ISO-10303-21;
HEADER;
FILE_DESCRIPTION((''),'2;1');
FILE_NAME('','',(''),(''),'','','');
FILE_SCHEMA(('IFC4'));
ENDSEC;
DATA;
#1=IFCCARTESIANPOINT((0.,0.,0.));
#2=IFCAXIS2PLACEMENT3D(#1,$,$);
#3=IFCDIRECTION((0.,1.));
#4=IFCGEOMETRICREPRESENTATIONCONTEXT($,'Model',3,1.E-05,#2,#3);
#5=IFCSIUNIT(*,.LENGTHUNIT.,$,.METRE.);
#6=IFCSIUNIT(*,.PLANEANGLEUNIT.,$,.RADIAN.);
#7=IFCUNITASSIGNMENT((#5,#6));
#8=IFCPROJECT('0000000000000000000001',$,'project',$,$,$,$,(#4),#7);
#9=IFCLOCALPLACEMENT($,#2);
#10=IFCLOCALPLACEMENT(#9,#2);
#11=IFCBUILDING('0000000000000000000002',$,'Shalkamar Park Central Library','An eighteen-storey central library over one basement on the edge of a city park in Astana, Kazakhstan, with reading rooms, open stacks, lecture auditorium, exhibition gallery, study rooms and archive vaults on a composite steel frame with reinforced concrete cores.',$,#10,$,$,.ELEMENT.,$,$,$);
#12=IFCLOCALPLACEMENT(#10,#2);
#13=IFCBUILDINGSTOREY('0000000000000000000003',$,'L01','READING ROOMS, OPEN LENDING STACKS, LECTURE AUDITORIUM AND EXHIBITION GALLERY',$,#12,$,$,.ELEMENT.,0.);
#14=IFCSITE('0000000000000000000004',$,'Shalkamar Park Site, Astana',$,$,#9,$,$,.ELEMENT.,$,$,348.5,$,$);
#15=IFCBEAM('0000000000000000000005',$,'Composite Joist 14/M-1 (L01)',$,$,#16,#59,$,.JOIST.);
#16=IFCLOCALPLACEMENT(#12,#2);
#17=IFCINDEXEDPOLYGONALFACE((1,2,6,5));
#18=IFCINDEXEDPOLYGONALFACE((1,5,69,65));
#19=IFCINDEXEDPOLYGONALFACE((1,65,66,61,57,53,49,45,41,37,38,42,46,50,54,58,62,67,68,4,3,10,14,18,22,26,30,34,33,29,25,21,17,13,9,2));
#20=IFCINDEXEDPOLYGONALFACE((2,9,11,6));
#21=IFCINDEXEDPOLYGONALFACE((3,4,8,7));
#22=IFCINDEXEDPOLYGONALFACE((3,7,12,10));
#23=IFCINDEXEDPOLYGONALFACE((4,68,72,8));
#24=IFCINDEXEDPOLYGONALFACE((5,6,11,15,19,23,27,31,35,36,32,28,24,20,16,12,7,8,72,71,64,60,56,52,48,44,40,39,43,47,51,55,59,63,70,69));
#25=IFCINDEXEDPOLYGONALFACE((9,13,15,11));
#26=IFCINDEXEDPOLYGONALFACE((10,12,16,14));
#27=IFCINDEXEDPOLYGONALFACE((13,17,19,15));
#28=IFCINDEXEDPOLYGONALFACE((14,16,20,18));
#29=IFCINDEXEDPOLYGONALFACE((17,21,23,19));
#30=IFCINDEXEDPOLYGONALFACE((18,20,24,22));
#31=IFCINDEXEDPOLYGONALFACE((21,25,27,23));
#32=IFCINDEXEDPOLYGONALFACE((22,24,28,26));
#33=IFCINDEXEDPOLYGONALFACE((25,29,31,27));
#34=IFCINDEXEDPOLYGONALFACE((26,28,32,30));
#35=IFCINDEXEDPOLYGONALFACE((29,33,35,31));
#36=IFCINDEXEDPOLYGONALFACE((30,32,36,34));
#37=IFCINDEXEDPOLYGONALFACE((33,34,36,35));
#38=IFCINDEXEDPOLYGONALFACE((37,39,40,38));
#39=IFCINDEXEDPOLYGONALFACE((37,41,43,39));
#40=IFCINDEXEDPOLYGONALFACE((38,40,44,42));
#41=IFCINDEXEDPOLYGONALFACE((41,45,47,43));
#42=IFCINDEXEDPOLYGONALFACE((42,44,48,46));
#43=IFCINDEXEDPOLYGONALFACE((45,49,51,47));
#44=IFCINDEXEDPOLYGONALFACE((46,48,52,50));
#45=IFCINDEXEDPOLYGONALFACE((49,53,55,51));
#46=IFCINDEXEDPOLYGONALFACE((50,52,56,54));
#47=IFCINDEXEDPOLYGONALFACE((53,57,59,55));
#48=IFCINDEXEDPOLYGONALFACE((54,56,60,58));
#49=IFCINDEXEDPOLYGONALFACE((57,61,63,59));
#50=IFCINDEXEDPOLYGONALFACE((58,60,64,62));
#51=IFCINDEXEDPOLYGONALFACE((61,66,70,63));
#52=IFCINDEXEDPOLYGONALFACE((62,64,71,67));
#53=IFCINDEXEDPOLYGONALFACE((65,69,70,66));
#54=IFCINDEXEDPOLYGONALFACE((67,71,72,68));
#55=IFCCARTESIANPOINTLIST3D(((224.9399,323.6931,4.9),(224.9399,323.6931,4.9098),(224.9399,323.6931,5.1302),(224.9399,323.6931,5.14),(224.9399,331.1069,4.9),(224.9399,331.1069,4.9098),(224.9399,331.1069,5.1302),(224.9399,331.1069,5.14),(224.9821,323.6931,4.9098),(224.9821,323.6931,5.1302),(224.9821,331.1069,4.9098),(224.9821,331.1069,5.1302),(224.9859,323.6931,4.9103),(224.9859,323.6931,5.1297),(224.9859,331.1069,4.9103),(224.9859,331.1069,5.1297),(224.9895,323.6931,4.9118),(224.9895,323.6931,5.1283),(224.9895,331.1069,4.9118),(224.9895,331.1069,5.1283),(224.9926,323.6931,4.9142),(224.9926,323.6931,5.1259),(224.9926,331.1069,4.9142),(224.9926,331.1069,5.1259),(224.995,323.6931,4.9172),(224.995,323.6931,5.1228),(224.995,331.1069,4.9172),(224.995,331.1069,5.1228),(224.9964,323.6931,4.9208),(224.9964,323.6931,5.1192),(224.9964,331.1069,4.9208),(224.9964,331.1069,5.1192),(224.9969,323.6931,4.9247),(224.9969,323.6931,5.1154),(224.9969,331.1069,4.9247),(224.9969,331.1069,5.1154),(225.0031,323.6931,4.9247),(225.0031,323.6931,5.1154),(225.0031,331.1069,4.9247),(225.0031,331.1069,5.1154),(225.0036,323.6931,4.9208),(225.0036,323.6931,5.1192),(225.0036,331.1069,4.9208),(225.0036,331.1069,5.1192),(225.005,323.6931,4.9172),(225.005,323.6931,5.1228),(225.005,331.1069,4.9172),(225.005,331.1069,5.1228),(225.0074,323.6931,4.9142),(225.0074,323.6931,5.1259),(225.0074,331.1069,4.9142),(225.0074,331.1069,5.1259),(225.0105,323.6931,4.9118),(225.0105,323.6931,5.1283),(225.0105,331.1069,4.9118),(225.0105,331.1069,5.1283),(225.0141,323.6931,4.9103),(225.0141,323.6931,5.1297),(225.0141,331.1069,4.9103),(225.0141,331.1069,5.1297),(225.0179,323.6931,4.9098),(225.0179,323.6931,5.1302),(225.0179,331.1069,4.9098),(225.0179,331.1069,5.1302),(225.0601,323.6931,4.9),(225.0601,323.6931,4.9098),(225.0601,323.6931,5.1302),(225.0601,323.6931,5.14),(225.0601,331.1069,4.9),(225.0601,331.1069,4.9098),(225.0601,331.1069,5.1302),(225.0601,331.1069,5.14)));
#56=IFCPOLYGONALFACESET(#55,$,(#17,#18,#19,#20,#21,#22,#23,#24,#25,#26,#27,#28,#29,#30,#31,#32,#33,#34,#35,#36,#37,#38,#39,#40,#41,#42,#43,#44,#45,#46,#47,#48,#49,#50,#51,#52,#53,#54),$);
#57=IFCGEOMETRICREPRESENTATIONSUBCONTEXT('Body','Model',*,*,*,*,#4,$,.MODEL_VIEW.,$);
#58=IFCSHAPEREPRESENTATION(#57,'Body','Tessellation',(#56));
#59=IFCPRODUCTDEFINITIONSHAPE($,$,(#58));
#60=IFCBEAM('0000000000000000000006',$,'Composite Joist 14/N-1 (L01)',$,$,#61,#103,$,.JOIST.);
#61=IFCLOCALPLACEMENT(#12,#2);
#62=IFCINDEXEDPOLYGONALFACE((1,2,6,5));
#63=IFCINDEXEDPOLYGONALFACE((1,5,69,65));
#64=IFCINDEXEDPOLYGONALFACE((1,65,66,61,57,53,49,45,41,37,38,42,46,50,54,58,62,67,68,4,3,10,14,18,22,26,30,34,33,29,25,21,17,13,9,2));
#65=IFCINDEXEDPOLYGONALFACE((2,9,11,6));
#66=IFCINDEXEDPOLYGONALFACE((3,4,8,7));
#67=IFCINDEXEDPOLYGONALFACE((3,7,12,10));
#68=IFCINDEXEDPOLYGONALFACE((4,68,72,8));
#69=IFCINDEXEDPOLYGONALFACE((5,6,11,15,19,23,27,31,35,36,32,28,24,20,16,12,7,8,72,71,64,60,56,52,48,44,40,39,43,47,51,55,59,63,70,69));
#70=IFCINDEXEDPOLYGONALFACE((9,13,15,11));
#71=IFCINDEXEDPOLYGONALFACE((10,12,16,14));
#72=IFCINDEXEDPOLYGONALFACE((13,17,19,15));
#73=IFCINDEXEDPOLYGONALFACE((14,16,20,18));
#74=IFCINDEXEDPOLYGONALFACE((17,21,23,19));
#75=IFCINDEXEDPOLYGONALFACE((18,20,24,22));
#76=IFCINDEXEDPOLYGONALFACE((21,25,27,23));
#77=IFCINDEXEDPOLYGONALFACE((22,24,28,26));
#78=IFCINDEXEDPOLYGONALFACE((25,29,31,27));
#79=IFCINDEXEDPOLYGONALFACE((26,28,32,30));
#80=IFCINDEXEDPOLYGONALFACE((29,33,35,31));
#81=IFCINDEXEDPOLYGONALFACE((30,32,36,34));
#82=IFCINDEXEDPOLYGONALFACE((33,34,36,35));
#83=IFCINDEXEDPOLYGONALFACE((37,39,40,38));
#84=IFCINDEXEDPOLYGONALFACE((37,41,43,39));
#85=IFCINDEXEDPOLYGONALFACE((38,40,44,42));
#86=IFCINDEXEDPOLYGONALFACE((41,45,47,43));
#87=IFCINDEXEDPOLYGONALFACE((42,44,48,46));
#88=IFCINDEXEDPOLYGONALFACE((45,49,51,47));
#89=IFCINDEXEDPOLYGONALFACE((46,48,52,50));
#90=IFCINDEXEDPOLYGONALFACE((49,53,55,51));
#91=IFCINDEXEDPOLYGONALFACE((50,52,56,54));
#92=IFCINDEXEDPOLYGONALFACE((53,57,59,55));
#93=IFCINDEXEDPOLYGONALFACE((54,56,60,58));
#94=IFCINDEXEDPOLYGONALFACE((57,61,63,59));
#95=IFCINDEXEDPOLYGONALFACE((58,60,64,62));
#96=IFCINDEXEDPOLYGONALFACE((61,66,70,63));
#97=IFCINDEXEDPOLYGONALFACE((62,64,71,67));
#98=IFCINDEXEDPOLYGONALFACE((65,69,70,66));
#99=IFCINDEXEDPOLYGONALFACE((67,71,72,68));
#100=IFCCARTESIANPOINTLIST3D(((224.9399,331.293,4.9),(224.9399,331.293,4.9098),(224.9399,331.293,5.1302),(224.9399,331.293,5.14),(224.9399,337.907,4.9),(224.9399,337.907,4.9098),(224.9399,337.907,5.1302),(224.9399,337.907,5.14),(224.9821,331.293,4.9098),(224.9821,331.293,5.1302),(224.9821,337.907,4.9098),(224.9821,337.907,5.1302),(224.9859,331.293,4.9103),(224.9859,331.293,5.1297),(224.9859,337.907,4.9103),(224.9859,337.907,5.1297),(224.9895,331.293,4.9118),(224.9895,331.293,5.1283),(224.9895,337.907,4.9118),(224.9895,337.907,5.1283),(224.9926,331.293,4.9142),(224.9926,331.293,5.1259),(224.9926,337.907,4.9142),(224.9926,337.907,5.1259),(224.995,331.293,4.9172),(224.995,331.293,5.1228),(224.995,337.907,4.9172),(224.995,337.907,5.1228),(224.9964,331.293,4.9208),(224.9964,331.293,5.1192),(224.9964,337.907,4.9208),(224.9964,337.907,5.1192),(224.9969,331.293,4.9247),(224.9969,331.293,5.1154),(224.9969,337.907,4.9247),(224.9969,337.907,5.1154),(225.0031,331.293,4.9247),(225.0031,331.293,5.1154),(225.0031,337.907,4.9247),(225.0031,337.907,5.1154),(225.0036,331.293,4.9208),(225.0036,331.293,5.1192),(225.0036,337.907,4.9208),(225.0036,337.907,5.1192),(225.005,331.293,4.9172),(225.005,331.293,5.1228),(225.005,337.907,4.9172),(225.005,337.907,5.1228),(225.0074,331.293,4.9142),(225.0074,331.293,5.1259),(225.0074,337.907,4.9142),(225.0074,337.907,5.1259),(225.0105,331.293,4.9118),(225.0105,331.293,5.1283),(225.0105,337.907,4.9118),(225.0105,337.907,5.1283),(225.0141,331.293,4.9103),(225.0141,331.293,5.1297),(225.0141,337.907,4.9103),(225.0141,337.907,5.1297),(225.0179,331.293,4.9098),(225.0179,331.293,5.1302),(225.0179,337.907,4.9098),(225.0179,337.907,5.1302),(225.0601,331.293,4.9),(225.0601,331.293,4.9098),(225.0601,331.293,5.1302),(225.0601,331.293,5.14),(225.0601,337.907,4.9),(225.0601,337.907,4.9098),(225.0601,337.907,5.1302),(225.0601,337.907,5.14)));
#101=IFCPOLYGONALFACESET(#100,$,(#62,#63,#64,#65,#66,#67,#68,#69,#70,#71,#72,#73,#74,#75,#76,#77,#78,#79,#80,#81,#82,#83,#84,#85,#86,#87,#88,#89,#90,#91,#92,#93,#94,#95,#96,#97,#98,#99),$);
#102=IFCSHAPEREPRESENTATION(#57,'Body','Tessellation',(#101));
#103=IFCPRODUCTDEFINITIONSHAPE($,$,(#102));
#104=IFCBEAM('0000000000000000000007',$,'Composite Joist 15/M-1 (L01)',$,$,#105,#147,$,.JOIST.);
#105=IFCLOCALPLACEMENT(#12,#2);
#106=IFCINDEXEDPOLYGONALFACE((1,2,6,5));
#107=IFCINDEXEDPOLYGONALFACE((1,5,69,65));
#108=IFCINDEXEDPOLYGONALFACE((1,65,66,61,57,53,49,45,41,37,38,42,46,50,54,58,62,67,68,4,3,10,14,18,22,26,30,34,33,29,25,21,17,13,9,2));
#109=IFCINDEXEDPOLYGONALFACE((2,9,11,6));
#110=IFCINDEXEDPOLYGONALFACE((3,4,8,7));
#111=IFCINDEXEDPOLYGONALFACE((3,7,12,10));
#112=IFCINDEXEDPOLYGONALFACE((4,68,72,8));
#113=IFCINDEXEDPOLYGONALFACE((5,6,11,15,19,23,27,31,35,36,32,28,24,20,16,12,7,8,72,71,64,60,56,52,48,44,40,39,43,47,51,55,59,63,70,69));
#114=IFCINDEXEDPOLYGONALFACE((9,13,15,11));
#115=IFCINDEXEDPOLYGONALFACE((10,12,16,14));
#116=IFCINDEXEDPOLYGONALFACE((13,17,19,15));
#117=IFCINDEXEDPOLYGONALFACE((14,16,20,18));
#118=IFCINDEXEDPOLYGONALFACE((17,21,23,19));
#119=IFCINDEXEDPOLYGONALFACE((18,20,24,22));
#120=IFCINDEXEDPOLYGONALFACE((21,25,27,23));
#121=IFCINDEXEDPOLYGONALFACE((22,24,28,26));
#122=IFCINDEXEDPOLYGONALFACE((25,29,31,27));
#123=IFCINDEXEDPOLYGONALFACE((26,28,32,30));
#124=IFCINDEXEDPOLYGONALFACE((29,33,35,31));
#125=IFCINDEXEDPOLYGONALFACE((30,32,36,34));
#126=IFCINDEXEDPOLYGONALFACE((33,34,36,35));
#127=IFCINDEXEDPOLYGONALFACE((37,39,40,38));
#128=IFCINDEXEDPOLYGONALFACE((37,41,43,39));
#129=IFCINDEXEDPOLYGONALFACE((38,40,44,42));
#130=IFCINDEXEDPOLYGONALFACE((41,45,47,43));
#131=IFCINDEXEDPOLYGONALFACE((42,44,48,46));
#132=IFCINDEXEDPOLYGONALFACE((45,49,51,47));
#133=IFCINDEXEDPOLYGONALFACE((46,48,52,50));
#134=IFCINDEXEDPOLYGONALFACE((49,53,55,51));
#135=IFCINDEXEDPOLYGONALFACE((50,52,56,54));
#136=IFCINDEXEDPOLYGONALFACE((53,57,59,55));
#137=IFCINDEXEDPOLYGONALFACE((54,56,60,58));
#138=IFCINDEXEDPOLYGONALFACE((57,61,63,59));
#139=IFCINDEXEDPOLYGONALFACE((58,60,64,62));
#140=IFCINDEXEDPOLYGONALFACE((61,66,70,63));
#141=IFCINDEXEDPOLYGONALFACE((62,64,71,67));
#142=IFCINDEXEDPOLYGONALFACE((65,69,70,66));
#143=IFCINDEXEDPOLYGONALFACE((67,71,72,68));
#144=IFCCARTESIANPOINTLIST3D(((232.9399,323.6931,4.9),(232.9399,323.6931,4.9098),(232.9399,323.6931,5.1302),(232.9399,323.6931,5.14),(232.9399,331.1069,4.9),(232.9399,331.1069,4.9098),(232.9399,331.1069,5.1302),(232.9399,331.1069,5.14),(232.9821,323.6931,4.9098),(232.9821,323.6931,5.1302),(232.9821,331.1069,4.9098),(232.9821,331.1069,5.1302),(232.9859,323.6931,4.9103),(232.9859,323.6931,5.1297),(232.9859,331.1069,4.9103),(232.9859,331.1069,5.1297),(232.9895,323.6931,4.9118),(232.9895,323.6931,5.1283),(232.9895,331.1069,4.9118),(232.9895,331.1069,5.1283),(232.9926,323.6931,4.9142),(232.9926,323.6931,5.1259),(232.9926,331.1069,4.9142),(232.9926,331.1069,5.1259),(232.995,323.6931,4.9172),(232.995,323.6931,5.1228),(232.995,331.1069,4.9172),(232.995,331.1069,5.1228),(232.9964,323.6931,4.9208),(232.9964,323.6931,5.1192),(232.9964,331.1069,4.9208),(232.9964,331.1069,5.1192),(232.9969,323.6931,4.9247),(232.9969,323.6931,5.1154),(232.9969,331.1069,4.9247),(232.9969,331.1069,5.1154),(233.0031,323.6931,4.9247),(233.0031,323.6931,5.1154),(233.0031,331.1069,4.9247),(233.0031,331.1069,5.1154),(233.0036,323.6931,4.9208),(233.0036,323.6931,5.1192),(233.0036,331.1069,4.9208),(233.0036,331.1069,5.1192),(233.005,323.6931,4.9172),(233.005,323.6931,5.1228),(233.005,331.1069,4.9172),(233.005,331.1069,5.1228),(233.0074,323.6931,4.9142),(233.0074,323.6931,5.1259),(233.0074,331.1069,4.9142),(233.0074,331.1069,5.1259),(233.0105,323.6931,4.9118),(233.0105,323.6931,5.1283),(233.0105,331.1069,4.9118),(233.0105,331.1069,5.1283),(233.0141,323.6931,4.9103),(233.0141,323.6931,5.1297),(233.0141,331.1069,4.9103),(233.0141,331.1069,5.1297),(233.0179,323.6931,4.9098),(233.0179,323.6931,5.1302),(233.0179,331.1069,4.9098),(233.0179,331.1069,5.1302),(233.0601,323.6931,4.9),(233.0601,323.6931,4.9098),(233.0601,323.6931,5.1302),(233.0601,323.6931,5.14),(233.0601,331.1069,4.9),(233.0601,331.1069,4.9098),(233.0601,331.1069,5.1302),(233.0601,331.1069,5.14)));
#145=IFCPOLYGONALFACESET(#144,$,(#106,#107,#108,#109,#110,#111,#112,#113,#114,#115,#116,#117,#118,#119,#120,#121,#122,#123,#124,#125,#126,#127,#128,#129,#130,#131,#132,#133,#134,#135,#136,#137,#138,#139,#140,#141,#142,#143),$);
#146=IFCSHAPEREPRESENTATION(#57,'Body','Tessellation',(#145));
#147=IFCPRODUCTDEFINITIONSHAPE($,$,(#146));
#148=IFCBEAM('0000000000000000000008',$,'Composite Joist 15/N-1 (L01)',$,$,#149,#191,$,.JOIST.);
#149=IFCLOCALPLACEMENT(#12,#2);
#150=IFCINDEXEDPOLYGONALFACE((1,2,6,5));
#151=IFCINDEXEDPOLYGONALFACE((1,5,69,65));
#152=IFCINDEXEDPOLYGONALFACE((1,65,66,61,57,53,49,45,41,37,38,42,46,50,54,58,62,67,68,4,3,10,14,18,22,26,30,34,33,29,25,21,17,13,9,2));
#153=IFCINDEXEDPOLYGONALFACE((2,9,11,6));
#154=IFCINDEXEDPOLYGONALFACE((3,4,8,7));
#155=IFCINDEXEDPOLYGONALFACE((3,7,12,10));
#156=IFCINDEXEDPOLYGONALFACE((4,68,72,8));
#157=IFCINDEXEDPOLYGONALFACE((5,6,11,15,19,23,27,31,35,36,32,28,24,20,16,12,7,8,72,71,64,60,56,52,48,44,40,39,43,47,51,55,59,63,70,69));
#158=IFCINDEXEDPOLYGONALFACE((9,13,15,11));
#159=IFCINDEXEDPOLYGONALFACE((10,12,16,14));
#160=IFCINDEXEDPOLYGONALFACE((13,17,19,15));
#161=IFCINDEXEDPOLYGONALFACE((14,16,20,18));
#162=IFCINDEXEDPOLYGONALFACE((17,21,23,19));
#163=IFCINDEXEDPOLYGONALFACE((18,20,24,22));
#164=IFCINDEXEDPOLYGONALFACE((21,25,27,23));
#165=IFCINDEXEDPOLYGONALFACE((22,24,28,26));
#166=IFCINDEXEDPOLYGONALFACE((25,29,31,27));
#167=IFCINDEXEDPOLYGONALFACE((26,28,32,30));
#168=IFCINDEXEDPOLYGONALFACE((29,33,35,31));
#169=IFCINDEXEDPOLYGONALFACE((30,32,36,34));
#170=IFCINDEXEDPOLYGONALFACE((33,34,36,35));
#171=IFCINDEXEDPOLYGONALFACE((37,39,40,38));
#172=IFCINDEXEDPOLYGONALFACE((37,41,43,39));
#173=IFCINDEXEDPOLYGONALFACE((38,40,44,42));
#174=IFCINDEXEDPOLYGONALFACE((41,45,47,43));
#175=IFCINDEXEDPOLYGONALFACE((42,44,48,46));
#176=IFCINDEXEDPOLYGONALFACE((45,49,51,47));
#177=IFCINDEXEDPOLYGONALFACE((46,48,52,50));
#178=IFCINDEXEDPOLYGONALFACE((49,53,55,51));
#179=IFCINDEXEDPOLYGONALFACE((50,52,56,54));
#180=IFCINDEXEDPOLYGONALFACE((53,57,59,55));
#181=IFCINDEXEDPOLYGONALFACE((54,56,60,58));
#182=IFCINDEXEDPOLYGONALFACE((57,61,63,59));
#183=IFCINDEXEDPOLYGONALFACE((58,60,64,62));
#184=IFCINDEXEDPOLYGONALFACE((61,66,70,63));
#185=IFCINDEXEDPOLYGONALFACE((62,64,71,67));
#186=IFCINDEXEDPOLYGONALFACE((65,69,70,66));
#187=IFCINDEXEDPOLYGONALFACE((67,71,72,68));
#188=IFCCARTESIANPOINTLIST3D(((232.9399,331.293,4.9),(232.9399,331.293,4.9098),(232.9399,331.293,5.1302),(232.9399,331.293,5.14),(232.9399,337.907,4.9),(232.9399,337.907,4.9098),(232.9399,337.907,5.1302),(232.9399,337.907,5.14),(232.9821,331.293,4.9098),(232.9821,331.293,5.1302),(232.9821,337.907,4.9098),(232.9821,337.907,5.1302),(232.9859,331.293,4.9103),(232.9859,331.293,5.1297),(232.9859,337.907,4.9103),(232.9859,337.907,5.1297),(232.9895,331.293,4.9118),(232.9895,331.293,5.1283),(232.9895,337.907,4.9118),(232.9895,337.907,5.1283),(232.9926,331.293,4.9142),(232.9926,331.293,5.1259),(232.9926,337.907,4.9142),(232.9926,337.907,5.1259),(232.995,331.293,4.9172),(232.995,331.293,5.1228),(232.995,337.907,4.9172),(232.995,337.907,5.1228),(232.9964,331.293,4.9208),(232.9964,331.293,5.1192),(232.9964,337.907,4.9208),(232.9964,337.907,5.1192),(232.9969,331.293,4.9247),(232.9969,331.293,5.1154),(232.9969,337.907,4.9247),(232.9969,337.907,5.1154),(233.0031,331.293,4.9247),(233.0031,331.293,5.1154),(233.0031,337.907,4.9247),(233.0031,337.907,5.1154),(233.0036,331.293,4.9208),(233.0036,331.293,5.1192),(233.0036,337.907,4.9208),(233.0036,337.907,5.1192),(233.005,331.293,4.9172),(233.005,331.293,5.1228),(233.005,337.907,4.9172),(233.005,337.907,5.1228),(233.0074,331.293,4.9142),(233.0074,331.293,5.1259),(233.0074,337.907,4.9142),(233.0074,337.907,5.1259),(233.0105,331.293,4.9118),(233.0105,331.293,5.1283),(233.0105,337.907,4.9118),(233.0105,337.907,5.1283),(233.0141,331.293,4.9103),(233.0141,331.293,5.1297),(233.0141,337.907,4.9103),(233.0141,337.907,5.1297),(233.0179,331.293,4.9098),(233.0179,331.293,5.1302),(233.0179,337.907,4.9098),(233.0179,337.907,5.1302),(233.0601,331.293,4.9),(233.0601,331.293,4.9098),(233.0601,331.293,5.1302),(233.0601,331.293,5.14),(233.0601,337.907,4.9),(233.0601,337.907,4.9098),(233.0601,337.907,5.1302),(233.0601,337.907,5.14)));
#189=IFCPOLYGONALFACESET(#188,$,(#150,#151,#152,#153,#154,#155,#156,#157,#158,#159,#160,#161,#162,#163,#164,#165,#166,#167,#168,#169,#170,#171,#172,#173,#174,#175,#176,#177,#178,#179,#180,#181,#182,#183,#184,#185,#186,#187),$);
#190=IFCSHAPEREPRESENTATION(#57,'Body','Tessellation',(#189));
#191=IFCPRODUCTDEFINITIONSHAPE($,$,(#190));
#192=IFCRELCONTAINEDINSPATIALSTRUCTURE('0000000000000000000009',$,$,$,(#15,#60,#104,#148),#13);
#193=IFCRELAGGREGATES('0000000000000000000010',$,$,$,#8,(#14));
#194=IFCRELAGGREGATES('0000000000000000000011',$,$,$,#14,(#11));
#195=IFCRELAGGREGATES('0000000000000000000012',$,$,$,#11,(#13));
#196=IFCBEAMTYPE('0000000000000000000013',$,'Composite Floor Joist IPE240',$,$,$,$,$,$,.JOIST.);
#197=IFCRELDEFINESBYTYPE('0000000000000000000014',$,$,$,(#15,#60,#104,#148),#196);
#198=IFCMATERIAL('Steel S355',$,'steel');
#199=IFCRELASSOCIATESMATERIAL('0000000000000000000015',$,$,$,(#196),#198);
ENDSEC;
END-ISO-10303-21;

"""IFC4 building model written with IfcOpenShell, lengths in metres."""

from ifc_helpers import new_model, si_unit, direction, frame, origin, origin_2d, place, context, subcontext, project, spatial, i_section, extrude, material, material_profile, profile_set, type_object, element, save


model = new_model("IFC4")

# Units and contexts
model_context = context("Model", 3, precision=1e-05, world=origin(), true_north=direction((0.0, 1.0)))
body_context = subcontext(model_context, "Body", "Model", "MODEL_VIEW")
ifc_project = project(units=[si_unit("LENGTHUNIT", "METRE"), si_unit("PLANEANGLEUNIT", "RADIAN")], contexts=[model_context])

# Site, building, storey
site_placement = place(None, origin())
site = spatial("IfcSite", under=ifc_project, at=site_placement, Name="Shalkamar Park Site, Astana", CompositionType="ELEMENT", RefElevation=348.5)
building_placement = place(site_placement, origin())
building = spatial("IfcBuilding", under=site, at=building_placement, Name="Shalkamar Park Central Library", Description="An eighteen-storey central library over one basement on the edge of a city park in Astana, Kazakhstan, with reading rooms, open stacks, lecture auditorium, exhibition gallery, study rooms and archive vaults on a composite steel frame with reinforced concrete cores.", CompositionType="ELEMENT")
storey_placement = place(building_placement, origin())
storey = spatial("IfcBuildingStorey", under=building, at=storey_placement, Name="L01", Description="READING ROOMS, OPEN LENDING STACKS, LECTURE AUDITORIUM AND EXHIBITION GALLERY", CompositionType="ELEMENT", Elevation=0.0)

# Shared definitions
ifc_material = material(Name="Steel S355", Category="steel")

# Beams
ifc_material_profile_1 = material_profile(ifc_material, i_section(OverallWidth=0.1201, OverallDepth=0.24, WebThickness=0.0061, FlangeThickness=0.0098, FilletRadius=0.0149, at=origin_2d()), Name="IPE 240")
ifc_profile_set_1 = profile_set([ifc_material_profile_1], Name="Steel S355")
beam_type_1 = type_object("IfcBeamType", Name="Composite Floor Joist IPE240", PredefinedType="JOIST", material=ifc_profile_set_1)
beam_1_placement = place(storey_placement, frame((225.0, 323.6931, 5.02), z_axis=(0.0, 1.0, 0.0), x_axis=(-1.0, 0.0, 0.0)))
element("IfcBeam", 1, at=beam_1_placement, inside=storey, type_object=beam_type_1, Name="Composite Joist 14/M-1 (L01)", PredefinedType="JOIST", context=body_context, shape_type="SweptSolid", body=[
    extrude(i_section(OverallWidth=0.1201, OverallDepth=0.24, WebThickness=0.0061, FlangeThickness=0.0098, FilletRadius=0.0149, at=origin_2d()), origin(), (0.0, 0.0, 1.0), 7.4138),
])
beam_2_placement = place(storey_placement, frame((225.0, 331.293, 5.02), z_axis=(0.0, 1.0, 0.0), x_axis=(-1.0, 0.0, 0.0)))
element("IfcBeam", 2, at=beam_2_placement, inside=storey, type_object=beam_type_1, Name="Composite Joist 14/N-1 (L01)", PredefinedType="JOIST", context=body_context, shape_type="SweptSolid", body=[
    extrude(i_section(OverallWidth=0.1201, OverallDepth=0.24, WebThickness=0.0061, FlangeThickness=0.0098, FilletRadius=0.0149, at=origin_2d()), origin(), (0.0, 0.0, 1.0), 6.614),
])
beam_3_placement = place(storey_placement, frame((233.0, 323.6931, 5.02), z_axis=(0.0, 1.0, 0.0), x_axis=(-1.0, 0.0, 0.0)))
element("IfcBeam", 3, at=beam_3_placement, inside=storey, type_object=beam_type_1, Name="Composite Joist 15/M-1 (L01)", PredefinedType="JOIST", context=body_context, shape_type="SweptSolid", body=[
    extrude(i_section(OverallWidth=0.1201, OverallDepth=0.24, WebThickness=0.0061, FlangeThickness=0.0098, FilletRadius=0.0149, at=origin_2d()), origin(), (0.0, 0.0, 1.0), 7.4138),
])
beam_4_placement = place(storey_placement, frame((233.0, 331.293, 5.02), z_axis=(0.0, 1.0, 0.0), x_axis=(-1.0, 0.0, 0.0)))
element("IfcBeam", 4, at=beam_4_placement, inside=storey, type_object=beam_type_1, Name="Composite Joist 15/N-1 (L01)", PredefinedType="JOIST", context=body_context, shape_type="SweptSolid", body=[
    extrude(i_section(OverallWidth=0.1201, OverallDepth=0.24, WebThickness=0.0061, FlangeThickness=0.0098, FilletRadius=0.0149, at=origin_2d()), origin(), (0.0, 0.0, 1.0), 6.614),
])

save(model, "model.ifc")
